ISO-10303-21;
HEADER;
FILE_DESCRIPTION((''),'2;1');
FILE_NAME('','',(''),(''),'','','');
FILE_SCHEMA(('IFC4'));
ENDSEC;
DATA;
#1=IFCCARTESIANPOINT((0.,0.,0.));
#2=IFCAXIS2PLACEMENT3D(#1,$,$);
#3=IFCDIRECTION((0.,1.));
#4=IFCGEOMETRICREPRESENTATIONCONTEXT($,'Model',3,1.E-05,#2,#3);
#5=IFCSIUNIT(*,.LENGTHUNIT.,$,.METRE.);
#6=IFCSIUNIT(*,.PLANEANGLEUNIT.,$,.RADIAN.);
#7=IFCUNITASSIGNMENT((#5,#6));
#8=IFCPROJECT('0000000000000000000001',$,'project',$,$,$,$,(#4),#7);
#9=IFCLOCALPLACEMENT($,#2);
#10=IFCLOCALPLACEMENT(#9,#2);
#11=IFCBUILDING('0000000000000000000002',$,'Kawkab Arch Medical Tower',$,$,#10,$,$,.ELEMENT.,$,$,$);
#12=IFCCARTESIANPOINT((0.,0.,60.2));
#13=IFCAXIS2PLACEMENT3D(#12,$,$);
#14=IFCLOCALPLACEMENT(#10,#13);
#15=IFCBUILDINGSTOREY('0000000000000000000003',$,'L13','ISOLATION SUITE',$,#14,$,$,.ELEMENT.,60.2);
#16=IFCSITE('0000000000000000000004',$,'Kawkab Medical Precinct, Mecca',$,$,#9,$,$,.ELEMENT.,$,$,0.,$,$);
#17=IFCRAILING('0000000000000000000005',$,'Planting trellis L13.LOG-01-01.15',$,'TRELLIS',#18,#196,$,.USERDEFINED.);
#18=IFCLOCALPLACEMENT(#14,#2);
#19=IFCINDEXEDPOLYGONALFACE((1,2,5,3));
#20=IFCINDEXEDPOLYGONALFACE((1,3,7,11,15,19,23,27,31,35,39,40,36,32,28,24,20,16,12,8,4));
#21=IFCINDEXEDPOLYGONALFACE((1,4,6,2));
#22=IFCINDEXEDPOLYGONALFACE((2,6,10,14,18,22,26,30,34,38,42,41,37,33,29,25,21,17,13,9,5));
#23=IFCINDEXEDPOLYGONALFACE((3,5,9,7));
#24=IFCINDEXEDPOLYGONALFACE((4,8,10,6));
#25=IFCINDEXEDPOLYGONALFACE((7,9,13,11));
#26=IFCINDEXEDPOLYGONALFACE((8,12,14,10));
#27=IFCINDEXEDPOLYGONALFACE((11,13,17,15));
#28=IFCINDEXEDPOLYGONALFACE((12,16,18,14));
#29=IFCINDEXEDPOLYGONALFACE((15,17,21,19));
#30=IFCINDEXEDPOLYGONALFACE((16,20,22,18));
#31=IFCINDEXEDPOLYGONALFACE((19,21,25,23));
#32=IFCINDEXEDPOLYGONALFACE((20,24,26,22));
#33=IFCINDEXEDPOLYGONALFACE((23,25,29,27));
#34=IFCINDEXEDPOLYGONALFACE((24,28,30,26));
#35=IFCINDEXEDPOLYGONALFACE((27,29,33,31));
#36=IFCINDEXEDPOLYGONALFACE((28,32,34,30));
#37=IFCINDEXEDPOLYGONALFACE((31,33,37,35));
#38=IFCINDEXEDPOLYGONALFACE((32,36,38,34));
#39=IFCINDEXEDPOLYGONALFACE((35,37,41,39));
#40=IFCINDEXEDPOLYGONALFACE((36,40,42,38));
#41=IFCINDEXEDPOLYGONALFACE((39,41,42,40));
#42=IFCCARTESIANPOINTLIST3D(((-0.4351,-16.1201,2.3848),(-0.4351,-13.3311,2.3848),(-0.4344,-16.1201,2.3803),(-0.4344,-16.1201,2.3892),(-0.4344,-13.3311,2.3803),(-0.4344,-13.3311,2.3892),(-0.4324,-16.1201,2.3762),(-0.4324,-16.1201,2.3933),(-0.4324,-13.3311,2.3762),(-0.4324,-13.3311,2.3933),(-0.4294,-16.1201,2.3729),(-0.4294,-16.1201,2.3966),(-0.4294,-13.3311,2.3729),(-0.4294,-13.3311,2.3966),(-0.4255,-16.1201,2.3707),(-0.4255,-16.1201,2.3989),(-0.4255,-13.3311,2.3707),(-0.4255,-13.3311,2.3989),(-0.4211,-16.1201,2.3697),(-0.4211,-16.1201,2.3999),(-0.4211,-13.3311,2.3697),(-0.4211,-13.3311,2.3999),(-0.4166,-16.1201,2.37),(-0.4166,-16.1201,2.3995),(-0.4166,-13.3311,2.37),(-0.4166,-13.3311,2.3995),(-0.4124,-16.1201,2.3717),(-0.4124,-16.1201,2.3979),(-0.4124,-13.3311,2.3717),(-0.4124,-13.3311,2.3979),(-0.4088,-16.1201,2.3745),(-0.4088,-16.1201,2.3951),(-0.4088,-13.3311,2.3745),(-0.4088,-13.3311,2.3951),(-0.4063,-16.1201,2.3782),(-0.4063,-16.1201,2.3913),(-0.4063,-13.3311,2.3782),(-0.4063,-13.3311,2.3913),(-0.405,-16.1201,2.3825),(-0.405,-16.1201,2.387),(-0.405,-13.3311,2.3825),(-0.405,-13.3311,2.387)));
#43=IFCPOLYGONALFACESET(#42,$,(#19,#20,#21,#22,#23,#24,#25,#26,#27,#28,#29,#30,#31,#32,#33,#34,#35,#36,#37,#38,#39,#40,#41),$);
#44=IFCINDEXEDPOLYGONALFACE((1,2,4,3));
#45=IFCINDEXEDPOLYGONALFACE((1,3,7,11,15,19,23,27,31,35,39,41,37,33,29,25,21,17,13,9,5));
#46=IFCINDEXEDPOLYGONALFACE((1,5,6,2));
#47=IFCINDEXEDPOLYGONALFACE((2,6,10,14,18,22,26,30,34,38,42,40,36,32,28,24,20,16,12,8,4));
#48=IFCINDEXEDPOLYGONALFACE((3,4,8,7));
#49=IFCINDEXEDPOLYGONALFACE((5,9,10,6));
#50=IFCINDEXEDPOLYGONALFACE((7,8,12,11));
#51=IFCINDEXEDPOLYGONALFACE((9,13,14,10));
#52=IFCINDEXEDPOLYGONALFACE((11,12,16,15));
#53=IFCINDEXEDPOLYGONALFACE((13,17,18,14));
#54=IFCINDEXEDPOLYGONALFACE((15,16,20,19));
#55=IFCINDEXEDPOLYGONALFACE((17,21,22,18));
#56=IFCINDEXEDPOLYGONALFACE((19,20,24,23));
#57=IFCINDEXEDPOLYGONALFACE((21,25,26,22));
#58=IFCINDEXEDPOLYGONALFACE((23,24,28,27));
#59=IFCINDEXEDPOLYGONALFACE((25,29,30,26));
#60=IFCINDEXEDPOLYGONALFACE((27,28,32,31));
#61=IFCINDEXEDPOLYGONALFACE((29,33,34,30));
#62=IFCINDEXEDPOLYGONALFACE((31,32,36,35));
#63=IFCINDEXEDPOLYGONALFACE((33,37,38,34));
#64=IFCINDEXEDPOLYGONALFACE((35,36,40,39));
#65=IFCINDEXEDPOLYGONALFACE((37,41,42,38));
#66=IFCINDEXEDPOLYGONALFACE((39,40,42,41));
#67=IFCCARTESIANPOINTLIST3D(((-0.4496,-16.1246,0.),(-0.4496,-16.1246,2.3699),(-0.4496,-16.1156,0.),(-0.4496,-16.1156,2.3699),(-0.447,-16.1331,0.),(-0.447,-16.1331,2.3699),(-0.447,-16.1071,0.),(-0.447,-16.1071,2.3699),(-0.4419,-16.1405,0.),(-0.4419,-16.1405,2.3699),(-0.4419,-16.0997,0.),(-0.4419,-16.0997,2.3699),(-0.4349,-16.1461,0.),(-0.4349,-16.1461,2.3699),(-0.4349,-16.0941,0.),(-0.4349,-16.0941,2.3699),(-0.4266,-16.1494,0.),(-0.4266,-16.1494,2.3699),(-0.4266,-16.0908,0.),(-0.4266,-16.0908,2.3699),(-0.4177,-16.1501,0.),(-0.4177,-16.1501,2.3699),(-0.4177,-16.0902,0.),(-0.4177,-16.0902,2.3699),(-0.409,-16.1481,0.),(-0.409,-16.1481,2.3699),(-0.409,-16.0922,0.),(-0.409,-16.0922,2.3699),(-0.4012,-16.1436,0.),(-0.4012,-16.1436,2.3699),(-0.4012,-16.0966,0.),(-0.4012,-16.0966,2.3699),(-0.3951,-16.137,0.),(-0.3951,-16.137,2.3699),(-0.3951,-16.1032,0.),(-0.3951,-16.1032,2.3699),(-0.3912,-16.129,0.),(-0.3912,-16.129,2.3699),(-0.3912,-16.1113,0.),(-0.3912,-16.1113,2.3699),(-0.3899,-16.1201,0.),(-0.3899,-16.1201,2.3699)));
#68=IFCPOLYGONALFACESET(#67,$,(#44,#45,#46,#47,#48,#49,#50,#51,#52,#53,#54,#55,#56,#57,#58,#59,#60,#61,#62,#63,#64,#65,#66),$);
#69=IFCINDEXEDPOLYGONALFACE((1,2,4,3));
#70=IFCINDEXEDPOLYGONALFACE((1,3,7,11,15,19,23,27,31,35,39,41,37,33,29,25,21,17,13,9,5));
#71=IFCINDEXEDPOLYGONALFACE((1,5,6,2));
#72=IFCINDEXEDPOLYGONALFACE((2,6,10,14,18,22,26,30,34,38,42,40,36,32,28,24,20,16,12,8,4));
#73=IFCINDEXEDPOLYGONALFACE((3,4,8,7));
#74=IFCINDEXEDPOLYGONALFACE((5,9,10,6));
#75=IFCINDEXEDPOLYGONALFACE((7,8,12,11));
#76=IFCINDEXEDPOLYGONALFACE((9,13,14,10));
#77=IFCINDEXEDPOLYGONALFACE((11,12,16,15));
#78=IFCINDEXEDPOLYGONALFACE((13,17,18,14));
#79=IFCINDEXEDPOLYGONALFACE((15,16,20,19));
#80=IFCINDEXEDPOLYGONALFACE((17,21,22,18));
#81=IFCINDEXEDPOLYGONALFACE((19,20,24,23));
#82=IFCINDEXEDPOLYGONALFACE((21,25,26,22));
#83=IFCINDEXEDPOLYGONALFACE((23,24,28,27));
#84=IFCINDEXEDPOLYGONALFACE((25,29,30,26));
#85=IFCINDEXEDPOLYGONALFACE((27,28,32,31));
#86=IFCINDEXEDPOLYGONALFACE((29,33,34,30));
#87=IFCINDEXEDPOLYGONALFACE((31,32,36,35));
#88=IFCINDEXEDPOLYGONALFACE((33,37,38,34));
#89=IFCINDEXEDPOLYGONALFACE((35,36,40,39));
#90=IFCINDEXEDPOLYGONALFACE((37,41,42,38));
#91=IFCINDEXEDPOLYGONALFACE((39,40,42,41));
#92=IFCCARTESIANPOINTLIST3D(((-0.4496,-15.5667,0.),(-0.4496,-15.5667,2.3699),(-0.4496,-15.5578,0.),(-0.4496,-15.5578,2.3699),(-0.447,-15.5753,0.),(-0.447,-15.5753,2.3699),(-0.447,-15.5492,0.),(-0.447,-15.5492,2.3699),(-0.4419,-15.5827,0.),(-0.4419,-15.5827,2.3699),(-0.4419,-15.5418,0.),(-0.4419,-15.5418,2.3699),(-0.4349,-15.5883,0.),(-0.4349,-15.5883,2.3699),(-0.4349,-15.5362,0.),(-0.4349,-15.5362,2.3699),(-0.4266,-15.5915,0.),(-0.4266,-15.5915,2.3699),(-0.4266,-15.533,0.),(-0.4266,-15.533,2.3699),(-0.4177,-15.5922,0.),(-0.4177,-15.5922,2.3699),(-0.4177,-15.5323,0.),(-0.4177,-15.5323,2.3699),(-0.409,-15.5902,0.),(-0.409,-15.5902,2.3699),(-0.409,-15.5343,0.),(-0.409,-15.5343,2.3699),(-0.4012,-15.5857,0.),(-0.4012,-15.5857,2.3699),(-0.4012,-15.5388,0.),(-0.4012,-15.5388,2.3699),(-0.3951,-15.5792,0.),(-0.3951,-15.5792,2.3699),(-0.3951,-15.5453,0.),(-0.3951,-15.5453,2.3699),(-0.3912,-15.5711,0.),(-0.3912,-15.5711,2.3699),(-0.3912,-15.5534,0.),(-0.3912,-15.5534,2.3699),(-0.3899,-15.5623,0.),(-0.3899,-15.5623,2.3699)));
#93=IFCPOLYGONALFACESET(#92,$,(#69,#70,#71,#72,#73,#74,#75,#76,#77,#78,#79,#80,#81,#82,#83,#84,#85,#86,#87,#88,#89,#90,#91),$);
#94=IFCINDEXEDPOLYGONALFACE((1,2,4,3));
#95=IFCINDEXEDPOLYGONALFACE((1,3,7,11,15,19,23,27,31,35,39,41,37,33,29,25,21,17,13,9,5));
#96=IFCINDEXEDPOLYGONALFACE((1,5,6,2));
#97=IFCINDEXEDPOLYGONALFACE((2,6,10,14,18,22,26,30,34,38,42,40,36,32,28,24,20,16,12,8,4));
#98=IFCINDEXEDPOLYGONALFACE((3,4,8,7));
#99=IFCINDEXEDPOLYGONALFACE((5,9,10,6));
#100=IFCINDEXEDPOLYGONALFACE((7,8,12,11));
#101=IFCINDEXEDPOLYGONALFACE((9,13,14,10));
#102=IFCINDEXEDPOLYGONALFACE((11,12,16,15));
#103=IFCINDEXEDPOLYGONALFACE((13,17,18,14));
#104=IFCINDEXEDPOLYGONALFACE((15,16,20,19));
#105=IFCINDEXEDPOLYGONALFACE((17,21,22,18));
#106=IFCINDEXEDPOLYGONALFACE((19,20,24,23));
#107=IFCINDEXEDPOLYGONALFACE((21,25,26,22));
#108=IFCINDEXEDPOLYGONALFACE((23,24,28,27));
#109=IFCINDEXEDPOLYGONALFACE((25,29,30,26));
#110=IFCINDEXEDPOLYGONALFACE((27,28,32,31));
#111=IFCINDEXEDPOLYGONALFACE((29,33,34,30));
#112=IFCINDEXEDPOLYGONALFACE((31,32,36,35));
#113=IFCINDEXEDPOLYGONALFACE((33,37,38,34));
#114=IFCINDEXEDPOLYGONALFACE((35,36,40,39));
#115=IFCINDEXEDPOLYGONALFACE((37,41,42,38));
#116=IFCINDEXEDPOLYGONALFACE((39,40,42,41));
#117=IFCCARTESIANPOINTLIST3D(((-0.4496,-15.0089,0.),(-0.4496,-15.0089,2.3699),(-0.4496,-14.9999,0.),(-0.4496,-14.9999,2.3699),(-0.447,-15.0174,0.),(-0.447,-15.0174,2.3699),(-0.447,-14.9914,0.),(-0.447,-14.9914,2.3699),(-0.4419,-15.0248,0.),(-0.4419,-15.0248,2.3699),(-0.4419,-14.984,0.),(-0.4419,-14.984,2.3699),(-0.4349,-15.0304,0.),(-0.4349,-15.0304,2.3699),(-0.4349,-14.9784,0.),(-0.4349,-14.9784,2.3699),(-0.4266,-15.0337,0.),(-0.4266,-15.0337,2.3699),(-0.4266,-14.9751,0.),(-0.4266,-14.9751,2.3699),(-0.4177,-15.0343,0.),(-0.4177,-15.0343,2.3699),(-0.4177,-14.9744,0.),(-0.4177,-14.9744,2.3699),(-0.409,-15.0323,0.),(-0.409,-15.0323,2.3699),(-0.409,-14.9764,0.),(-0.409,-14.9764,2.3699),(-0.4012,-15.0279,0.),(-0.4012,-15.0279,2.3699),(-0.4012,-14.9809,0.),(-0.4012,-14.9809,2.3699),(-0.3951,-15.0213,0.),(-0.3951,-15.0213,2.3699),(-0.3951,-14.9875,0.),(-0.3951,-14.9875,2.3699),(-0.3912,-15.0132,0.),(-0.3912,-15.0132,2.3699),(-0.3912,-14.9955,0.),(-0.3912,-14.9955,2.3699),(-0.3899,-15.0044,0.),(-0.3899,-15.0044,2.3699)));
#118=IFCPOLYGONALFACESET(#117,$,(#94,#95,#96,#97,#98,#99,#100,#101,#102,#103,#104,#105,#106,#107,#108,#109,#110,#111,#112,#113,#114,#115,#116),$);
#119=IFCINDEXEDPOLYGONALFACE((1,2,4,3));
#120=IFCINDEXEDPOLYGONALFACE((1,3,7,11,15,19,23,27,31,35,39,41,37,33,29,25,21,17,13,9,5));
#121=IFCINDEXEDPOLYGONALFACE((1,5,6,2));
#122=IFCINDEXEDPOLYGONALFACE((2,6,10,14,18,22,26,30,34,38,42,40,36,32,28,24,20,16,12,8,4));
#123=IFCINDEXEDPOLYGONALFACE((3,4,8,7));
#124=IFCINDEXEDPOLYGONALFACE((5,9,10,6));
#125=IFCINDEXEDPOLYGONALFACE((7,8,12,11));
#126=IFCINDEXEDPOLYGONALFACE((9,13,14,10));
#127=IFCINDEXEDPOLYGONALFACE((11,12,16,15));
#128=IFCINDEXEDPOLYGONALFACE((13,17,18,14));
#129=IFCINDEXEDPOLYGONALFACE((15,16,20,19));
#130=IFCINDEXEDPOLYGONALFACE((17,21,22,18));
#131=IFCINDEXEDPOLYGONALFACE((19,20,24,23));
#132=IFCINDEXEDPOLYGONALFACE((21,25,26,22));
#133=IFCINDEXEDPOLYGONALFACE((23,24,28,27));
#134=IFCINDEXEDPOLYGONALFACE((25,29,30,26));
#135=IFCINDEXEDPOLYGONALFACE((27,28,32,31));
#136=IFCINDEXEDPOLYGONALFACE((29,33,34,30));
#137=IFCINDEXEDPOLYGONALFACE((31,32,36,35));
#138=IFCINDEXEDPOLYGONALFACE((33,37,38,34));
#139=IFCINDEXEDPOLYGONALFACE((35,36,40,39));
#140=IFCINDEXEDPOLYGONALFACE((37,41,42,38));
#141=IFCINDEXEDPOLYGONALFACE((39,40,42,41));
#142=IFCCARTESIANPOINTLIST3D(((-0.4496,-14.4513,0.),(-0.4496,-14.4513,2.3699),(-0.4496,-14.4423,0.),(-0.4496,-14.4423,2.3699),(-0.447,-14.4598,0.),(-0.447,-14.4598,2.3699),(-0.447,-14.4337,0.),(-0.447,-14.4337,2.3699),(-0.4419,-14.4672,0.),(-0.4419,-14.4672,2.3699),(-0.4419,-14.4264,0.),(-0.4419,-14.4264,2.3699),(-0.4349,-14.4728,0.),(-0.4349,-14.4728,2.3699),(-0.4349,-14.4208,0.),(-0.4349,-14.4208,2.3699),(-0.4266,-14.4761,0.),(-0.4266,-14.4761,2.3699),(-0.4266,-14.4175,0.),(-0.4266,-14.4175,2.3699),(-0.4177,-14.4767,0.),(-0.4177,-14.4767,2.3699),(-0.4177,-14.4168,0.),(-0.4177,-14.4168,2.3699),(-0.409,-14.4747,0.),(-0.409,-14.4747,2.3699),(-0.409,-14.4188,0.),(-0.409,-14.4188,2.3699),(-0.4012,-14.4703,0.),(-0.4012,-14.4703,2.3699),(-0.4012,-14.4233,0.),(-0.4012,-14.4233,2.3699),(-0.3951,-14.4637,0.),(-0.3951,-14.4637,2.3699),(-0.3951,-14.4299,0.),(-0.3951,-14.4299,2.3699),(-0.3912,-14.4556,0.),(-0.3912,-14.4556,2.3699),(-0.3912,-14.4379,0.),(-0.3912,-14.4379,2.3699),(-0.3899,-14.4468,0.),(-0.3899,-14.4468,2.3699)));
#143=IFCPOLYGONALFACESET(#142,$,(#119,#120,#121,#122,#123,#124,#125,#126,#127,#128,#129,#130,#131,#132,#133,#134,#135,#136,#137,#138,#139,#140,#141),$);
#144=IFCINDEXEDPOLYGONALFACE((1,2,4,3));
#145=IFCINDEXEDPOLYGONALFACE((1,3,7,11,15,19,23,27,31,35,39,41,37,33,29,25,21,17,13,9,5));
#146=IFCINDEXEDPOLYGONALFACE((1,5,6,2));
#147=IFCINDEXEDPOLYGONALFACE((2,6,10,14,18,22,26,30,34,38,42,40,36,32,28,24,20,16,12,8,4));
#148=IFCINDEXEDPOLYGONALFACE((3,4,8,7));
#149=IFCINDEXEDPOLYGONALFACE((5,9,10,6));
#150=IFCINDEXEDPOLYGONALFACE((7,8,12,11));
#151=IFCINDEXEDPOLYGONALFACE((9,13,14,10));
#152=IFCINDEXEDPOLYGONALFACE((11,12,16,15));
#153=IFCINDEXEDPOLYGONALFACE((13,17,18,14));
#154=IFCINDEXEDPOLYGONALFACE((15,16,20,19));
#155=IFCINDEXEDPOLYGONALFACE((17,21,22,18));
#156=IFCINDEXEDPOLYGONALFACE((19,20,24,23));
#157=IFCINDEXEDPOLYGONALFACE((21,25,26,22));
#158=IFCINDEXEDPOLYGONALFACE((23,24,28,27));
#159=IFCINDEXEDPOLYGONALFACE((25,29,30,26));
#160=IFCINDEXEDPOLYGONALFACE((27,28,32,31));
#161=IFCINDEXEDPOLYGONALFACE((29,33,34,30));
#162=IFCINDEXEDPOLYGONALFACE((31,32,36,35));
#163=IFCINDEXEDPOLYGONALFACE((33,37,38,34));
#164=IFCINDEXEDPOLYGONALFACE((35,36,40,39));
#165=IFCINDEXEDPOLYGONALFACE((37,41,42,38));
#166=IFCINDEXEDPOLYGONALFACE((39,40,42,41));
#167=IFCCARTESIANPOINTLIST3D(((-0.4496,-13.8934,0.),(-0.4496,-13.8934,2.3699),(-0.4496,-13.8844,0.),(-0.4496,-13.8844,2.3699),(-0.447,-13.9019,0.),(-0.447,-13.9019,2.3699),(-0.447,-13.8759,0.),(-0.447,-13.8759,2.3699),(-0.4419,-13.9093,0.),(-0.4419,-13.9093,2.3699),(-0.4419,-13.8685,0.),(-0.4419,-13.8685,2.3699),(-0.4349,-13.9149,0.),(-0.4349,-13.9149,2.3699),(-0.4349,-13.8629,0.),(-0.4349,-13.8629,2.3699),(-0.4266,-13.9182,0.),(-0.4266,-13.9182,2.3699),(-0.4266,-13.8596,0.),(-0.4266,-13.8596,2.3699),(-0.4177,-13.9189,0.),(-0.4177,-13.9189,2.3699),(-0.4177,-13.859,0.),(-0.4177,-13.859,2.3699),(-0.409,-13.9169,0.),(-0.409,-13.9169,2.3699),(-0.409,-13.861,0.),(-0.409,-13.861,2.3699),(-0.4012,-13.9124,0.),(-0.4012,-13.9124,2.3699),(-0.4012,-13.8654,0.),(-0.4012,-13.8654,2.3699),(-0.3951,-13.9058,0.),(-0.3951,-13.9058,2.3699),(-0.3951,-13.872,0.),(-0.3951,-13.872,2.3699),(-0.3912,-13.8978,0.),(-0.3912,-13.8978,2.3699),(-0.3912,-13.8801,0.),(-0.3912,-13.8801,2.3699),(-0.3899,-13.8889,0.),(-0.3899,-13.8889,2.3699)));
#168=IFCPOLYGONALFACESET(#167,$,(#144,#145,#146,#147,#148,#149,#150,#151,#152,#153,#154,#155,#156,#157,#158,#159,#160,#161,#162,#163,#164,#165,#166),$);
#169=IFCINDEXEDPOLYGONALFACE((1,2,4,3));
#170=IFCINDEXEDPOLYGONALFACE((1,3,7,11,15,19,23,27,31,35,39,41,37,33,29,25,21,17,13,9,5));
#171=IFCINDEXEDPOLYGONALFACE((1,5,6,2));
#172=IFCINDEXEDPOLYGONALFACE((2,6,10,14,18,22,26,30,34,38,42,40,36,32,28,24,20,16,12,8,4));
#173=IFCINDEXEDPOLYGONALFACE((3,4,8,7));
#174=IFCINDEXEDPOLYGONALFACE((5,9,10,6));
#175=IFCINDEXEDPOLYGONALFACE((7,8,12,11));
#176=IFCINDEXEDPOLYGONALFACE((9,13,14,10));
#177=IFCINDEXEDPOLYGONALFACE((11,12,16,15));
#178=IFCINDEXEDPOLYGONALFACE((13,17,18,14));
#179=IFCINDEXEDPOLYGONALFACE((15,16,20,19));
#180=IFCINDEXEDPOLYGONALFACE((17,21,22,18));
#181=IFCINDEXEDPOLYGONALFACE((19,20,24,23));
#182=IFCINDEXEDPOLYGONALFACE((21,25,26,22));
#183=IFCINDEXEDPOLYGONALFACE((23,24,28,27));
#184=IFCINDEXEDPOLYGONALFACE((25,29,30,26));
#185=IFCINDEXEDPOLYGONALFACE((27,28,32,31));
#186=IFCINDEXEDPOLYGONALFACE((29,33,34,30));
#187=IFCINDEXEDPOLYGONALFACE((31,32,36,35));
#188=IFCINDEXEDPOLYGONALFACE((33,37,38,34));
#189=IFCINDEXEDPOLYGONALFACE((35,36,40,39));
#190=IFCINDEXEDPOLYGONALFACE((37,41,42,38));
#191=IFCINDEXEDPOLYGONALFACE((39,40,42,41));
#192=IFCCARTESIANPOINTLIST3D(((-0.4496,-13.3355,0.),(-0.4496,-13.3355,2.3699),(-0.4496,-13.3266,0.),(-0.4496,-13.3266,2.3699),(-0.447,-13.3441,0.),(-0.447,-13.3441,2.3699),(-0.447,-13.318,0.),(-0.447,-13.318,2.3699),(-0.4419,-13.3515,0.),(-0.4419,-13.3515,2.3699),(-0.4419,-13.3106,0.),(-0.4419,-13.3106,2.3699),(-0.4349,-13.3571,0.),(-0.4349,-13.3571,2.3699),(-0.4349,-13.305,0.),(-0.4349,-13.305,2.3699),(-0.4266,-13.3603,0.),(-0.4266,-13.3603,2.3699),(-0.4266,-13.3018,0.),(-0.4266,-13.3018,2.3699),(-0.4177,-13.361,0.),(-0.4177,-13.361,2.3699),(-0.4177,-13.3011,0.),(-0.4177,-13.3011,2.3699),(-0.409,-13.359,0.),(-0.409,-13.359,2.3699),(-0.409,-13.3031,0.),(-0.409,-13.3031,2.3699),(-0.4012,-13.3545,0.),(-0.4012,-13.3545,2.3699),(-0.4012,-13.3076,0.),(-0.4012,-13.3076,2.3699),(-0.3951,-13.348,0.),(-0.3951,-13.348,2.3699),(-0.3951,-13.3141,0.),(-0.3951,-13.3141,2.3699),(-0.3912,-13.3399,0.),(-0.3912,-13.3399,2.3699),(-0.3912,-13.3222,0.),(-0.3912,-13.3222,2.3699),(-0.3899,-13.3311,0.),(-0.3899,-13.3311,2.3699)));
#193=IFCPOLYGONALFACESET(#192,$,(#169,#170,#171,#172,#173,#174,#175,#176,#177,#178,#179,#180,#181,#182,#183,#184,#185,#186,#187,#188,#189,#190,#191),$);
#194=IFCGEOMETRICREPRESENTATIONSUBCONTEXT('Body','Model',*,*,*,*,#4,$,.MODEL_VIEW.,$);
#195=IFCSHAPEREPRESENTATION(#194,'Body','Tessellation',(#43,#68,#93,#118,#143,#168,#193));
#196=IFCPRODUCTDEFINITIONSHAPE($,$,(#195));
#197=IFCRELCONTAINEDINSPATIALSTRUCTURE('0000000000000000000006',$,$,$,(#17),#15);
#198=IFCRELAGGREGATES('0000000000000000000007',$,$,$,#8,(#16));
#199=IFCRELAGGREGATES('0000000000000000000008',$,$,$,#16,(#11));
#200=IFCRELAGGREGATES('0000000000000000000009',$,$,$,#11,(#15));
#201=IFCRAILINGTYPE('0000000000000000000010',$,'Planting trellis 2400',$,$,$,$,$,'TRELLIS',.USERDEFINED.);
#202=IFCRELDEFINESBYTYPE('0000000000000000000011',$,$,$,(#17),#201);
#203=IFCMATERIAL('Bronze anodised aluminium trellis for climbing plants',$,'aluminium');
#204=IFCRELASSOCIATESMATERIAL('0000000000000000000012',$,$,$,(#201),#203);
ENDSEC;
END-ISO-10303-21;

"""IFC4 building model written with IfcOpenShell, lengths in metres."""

from ifc_helpers import new_model, si_unit, direction, frame, origin, origin_2d, place, context, subcontext, project, spatial, circle, extrude, material, type_object, element, save


model = new_model("IFC4")

# Units and contexts
model_context = context("Model", 3, precision=1e-05, world=origin(), true_north=direction((0.0, 1.0)))
body_context = subcontext(model_context, "Body", "Model", "MODEL_VIEW")
ifc_project = project(units=[si_unit("LENGTHUNIT", "METRE"), si_unit("PLANEANGLEUNIT", "RADIAN")], contexts=[model_context])

# Site, building, storey
site_placement = place(None, origin())
site = spatial("IfcSite", under=ifc_project, at=site_placement, Name="Kawkab Medical Precinct, Mecca", CompositionType="ELEMENT", RefElevation=0.0)
building_placement = place(site_placement, origin())
building = spatial("IfcBuilding", under=site, at=building_placement, Name="Kawkab Arch Medical Tower", CompositionType="ELEMENT")
storey_placement = place(building_placement, frame((0.0, 0.0, 60.2)))
storey = spatial("IfcBuildingStorey", under=building, at=storey_placement, Name="L13", Description="ISOLATION SUITE", CompositionType="ELEMENT", Elevation=60.2)

# Railing
ifc_material_1 = material(Name="Bronze anodised aluminium trellis for climbing plants", Category="aluminium")
railing_type_1 = type_object("IfcRailingType", Name="Planting trellis 2400", ElementType="TRELLIS", PredefinedType="USERDEFINED", material=ifc_material_1)
railing_1_placement = place(storey_placement, frame((-0.4199, -16.1201, 0.0)))
element("IfcRailing", 1, at=railing_1_placement, inside=storey, type_object=railing_type_1, Name="Planting trellis L13.LOG-01-01.15", ObjectType="TRELLIS", PredefinedType="USERDEFINED", context=body_context, shape_type="SweptSolid", body=[
    extrude(circle(Radius=0.0151, at=origin_2d()), frame((0.0, 0.0, 2.3848), z_axis=(0.0, 1.0, 0.0), x_axis=(-1.0, 0.0, 0.0)), (0.0, 0.0, 1.0), 2.7891),
    extrude(circle(Radius=0.03, at=origin_2d()), origin(), (0.0, 0.0, 1.0), 2.3699),
    extrude(circle(Radius=0.03, at=origin_2d()), frame((0.0, 0.5579, 0.0)), (0.0, 0.0, 1.0), 2.3699),
    extrude(circle(Radius=0.03, at=origin_2d()), frame((0.0, 1.1157, 0.0)), (0.0, 0.0, 1.0), 2.3699),
    extrude(circle(Radius=0.03, at=origin_2d()), frame((0.0, 1.6733, 0.0)), (0.0, 0.0, 1.0), 2.3699),
    extrude(circle(Radius=0.03, at=origin_2d()), frame((0.0, 2.2312, 0.0)), (0.0, 0.0, 1.0), 2.3699),
    extrude(circle(Radius=0.03, at=origin_2d()), frame((0.0, 2.7891, 0.0)), (0.0, 0.0, 1.0), 2.3699),
])

save(model, "model.ifc")
